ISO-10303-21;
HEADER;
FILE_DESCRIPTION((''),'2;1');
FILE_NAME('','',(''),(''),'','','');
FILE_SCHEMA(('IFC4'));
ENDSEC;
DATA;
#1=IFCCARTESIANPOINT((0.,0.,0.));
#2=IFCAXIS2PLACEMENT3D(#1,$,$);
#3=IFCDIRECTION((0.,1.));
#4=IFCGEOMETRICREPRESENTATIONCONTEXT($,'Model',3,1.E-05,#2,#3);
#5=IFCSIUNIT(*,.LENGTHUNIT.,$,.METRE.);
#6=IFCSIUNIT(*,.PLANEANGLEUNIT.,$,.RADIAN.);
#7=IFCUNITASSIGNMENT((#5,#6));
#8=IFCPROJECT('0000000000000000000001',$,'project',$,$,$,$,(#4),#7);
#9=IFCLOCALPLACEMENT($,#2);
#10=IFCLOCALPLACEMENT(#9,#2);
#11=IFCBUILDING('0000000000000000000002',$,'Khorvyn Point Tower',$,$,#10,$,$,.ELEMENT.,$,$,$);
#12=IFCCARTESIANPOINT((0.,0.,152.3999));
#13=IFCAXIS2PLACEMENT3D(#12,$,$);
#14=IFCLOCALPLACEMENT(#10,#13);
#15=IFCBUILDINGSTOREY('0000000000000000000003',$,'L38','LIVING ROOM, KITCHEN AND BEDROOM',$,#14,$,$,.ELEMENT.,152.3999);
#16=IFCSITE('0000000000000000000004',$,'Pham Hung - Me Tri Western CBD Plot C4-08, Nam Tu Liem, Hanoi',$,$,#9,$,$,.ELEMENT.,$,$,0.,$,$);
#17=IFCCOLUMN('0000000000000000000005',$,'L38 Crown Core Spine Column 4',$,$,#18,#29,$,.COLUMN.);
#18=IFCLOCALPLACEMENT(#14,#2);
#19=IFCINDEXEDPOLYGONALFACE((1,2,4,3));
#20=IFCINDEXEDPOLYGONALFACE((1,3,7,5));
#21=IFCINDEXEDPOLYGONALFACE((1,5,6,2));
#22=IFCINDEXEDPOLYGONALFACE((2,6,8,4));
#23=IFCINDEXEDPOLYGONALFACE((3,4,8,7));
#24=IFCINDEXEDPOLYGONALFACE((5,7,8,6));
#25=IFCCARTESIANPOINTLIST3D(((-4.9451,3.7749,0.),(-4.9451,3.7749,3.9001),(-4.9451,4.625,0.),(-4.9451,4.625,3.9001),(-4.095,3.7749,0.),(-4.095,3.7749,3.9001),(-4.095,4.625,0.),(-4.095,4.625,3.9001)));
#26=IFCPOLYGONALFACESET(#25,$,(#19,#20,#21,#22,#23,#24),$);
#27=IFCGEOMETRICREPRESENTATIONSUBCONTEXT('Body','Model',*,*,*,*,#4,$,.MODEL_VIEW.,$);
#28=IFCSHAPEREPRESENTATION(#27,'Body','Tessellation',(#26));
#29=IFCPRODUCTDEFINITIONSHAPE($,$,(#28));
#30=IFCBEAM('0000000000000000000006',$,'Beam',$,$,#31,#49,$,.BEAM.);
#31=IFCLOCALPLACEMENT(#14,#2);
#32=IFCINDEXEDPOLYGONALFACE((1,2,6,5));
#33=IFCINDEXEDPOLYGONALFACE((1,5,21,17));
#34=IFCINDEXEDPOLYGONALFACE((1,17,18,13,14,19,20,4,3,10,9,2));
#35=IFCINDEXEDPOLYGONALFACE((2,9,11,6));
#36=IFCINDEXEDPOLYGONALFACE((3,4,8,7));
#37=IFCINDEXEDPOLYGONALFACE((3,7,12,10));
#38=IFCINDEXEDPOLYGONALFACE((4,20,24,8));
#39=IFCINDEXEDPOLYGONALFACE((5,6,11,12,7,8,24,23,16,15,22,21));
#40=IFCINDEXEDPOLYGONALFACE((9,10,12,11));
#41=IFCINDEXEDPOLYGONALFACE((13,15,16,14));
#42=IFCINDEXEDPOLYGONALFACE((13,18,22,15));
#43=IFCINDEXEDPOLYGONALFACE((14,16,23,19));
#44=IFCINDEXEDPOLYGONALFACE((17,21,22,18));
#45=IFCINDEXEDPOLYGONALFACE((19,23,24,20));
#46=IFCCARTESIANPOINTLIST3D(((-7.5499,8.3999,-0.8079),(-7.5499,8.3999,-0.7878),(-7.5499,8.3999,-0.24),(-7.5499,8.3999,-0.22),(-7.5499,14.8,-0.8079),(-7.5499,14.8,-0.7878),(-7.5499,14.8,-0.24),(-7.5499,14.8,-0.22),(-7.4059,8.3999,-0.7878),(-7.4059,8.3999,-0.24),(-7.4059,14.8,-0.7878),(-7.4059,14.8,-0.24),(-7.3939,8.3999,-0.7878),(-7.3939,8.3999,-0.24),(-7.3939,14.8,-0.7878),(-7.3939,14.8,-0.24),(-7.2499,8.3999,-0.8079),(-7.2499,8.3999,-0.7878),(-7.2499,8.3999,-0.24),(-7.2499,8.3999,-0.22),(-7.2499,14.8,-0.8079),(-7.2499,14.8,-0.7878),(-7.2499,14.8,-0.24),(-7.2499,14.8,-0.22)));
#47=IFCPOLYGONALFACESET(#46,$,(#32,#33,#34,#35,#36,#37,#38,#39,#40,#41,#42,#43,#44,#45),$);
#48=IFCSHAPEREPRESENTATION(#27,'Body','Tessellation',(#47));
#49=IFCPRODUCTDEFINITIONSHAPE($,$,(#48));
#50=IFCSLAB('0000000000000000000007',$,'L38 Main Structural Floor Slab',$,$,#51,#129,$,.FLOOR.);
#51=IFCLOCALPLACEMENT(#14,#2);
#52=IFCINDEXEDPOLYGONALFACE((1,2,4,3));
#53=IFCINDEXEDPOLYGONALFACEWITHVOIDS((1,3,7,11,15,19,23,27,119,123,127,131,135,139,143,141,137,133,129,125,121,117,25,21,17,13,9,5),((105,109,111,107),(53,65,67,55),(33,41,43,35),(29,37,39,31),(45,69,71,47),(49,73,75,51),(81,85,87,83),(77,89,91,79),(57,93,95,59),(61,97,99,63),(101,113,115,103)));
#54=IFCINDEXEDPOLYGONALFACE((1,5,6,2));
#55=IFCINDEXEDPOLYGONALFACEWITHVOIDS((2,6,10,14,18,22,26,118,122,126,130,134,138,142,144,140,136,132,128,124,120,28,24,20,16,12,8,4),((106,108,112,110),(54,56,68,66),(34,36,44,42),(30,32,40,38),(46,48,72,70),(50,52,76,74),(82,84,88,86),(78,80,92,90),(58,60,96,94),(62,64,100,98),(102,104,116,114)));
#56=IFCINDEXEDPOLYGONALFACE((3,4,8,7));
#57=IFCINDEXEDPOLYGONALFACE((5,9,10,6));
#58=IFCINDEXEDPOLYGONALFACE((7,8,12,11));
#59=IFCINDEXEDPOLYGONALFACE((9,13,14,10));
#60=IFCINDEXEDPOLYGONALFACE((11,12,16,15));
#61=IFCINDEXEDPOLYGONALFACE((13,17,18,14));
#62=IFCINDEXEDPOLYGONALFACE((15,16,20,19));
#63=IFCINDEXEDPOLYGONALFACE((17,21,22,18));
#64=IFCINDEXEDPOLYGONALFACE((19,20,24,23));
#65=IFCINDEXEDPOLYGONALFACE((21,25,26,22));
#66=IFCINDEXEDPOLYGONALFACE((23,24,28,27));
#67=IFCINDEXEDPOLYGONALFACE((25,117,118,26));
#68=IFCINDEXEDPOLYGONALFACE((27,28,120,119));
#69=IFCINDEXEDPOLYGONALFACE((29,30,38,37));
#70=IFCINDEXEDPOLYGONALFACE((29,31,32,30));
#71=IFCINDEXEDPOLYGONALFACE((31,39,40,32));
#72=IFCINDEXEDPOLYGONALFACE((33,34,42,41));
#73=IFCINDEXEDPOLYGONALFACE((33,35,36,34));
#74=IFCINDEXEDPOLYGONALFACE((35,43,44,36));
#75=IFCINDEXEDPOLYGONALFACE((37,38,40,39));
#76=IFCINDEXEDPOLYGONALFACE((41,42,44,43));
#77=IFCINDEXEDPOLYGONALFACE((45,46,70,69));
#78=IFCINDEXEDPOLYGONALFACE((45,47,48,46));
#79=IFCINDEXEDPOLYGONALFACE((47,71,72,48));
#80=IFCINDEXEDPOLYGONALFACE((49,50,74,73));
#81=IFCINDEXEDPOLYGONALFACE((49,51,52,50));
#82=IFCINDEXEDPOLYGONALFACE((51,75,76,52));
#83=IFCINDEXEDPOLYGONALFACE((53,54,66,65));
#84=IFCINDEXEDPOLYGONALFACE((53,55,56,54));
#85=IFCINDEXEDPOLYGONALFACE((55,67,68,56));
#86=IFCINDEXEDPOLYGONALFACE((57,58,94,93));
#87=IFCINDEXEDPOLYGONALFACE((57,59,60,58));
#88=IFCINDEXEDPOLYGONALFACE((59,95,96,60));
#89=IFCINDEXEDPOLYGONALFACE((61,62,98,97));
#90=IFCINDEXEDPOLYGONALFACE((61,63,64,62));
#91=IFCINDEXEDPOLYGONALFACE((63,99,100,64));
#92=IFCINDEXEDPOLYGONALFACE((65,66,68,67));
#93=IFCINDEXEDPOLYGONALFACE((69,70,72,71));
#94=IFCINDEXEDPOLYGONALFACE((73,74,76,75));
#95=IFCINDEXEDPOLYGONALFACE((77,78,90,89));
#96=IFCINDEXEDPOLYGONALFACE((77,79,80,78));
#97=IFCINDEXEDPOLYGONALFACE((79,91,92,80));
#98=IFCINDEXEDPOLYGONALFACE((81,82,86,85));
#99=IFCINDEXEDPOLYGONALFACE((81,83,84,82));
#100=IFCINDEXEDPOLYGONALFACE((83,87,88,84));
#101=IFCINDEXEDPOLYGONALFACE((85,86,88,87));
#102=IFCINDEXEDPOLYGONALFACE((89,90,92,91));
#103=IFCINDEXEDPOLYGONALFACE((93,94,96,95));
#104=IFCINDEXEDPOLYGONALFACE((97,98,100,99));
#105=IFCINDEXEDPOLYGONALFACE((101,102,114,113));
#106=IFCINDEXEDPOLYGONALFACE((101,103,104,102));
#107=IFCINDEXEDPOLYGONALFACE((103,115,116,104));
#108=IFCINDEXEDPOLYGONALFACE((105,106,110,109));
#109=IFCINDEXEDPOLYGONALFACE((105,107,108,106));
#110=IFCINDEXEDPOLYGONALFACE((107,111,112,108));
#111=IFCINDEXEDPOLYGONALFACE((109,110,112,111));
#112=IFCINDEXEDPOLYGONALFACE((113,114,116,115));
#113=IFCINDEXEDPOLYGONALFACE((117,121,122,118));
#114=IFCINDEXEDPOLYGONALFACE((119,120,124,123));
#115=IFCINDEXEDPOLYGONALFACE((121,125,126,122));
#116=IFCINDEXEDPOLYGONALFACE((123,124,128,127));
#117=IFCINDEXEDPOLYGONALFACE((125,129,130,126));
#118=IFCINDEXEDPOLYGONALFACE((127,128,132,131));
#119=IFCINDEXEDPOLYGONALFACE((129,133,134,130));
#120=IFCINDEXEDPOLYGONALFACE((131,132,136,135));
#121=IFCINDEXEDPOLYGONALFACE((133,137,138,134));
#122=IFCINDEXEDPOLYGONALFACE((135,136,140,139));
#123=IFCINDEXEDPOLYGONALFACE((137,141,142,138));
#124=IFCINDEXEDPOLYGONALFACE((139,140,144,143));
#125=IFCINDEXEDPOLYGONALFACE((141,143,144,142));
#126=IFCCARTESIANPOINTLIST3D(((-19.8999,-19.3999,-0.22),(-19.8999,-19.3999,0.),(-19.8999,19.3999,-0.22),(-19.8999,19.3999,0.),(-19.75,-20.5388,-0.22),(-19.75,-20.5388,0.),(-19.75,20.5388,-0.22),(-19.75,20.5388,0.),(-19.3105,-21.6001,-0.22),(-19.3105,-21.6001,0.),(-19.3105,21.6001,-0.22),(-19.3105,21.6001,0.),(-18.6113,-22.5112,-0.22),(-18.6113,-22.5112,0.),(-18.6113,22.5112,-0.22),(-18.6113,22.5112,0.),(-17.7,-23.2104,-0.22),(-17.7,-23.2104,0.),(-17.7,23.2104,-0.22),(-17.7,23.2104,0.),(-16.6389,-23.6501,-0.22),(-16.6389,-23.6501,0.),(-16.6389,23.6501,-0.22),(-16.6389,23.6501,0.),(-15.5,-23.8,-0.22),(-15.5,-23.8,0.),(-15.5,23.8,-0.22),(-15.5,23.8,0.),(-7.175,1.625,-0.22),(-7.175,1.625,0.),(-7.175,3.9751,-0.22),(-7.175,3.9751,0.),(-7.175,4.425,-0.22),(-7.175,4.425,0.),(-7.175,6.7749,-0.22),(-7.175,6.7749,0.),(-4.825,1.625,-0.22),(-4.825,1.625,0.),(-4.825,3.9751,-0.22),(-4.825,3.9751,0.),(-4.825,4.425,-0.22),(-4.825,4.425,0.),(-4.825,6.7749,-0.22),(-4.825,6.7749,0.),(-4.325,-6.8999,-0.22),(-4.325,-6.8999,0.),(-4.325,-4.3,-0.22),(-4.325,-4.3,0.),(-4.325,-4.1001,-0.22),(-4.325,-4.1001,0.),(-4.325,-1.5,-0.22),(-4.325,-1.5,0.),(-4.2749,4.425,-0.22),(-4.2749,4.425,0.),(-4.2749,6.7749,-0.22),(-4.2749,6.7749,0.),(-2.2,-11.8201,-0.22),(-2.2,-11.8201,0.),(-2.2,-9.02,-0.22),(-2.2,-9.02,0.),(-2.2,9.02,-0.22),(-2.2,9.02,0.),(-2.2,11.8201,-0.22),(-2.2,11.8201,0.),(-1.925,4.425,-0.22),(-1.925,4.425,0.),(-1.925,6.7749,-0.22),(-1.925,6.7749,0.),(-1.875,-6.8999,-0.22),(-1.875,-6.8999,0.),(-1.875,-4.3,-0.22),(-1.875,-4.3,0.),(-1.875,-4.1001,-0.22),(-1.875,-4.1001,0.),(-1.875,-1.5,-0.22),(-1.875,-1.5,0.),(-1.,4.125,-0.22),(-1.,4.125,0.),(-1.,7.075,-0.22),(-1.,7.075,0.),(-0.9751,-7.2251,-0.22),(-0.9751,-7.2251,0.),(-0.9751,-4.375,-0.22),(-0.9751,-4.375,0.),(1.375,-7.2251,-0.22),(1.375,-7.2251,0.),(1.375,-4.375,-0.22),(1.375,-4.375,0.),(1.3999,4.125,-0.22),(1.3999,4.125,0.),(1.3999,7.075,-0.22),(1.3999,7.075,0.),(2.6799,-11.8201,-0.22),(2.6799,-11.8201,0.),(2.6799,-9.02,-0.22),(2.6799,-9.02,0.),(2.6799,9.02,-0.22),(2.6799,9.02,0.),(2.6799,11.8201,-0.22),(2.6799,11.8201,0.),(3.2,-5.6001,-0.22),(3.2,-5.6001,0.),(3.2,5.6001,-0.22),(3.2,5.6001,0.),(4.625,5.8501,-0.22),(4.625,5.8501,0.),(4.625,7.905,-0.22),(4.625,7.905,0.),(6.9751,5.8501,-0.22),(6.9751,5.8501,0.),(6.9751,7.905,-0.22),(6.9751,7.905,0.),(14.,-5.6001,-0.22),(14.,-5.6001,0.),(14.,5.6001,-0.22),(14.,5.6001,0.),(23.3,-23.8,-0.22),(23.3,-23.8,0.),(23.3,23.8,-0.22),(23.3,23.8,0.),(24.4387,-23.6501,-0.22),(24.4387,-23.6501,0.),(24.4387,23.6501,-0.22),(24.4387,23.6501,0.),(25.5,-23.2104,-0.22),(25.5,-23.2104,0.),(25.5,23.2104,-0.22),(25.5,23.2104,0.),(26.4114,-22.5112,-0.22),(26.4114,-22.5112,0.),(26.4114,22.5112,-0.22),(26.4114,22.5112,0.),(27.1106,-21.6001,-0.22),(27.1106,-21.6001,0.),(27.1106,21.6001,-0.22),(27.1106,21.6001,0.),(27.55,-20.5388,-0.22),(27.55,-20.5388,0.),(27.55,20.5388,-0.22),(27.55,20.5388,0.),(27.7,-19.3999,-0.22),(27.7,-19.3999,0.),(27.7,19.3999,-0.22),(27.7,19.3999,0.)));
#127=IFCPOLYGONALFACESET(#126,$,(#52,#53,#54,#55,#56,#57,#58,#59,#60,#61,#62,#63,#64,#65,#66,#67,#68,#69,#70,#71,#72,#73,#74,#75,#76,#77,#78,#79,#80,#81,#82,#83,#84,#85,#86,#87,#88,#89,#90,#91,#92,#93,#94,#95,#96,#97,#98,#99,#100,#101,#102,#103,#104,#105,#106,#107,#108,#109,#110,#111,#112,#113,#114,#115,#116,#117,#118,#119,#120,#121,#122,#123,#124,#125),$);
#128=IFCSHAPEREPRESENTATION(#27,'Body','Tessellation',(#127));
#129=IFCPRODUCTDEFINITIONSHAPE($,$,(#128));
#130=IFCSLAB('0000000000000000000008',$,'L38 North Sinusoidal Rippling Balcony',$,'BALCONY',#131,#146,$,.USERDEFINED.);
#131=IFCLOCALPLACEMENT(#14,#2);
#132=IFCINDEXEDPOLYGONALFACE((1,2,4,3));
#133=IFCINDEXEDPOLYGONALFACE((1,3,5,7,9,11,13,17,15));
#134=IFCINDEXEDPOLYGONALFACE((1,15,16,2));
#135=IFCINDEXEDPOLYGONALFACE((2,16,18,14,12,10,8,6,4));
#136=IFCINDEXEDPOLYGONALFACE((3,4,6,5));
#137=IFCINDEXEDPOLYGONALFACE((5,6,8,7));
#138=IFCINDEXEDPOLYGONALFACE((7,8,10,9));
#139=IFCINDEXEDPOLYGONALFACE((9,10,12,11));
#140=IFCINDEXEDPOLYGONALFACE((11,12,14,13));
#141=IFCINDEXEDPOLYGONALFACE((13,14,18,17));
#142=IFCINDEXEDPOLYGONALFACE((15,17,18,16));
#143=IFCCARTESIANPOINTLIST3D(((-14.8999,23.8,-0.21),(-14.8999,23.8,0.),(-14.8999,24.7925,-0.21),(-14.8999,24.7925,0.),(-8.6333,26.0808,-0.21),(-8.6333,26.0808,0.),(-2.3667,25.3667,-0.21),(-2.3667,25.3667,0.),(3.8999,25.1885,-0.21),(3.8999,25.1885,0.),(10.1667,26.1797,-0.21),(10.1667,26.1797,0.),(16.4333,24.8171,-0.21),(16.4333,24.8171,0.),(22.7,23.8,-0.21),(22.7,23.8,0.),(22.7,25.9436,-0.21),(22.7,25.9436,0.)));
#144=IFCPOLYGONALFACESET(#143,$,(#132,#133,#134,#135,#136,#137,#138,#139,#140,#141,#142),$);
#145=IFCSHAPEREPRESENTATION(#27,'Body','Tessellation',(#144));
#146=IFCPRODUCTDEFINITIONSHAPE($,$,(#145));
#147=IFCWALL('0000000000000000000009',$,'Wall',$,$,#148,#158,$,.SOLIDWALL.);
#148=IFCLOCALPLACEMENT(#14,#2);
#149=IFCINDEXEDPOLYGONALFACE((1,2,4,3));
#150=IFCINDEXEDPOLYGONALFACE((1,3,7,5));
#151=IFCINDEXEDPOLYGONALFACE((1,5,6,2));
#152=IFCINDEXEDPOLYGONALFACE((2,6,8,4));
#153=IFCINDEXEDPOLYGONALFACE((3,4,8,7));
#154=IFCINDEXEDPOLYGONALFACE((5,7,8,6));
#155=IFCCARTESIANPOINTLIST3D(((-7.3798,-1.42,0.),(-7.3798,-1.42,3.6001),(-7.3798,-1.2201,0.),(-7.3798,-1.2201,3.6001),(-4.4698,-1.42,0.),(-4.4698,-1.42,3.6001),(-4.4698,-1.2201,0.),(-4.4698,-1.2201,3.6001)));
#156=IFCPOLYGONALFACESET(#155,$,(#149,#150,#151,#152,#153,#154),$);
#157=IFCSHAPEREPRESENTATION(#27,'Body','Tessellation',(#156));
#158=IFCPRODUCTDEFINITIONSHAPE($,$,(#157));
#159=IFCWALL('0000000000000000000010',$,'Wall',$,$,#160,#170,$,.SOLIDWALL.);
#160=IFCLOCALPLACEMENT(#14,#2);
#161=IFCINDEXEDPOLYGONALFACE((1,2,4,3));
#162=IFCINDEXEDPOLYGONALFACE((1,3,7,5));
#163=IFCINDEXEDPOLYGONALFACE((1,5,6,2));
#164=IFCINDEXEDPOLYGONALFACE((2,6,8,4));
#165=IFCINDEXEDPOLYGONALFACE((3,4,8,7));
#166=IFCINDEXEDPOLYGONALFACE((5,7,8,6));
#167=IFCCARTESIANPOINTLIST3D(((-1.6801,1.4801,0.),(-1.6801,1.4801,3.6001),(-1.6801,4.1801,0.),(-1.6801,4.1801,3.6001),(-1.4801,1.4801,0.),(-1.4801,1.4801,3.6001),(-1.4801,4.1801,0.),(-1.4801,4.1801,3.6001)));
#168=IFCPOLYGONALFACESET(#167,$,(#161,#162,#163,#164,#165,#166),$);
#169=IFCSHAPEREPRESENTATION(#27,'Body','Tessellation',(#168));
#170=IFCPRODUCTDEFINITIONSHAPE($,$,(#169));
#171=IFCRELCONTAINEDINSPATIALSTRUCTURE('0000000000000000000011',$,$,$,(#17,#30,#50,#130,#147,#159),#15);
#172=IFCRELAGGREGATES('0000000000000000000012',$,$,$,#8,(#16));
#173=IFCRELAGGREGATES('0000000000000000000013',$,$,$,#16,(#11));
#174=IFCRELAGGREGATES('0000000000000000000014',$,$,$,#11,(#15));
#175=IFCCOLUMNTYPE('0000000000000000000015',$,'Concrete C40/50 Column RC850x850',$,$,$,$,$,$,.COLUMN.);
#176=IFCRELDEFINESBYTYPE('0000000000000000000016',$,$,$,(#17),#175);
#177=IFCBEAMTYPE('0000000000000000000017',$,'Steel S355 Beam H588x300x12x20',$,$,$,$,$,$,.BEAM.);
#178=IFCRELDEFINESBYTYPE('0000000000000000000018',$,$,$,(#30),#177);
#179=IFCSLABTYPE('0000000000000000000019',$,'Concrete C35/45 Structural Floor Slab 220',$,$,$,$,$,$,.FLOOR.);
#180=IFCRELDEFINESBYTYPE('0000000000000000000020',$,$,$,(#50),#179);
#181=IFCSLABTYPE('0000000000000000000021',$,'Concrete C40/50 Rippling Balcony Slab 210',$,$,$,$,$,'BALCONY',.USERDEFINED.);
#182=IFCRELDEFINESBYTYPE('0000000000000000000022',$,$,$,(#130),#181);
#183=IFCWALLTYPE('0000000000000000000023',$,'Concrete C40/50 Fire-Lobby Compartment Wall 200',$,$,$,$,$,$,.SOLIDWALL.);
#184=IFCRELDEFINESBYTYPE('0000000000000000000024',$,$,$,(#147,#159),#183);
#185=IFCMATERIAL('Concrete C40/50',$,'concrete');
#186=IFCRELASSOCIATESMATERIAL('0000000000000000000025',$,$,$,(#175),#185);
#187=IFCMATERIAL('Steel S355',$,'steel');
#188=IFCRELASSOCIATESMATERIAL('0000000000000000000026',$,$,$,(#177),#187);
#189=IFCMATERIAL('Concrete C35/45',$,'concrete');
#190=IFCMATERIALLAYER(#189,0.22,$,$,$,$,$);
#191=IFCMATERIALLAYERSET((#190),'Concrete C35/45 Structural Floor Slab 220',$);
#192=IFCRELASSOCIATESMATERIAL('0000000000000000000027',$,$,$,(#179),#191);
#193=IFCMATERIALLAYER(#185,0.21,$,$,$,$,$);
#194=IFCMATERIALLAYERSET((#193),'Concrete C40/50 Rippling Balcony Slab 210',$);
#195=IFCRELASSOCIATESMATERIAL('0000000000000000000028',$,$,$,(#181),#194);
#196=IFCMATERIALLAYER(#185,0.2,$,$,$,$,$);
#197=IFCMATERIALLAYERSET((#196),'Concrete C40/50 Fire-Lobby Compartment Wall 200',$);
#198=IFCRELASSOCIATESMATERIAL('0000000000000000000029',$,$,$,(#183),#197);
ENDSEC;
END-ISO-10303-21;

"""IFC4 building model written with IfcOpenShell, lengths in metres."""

from ifc_helpers import new_model, si_unit, direction, frame, frame_2d, origin, origin_2d, place, context, subcontext, project, spatial, polyline, rectangle, i_section, outline, extrude, material, layer, layer_set, material_profile, profile_set, type_object, element, save


model = new_model("IFC4")

# Units and contexts
model_context = context("Model", 3, precision=1e-05, world=origin(), true_north=direction((0.0, 1.0)))
body_context = subcontext(model_context, "Body", "Model", "MODEL_VIEW")
ifc_project = project(units=[si_unit("LENGTHUNIT", "METRE"), si_unit("PLANEANGLEUNIT", "RADIAN")], contexts=[model_context])

# Site, building, storey
site_placement = place(None, origin())
site = spatial("IfcSite", under=ifc_project, at=site_placement, Name="Pham Hung - Me Tri Western CBD Plot C4-08, Nam Tu Liem, Hanoi", CompositionType="ELEMENT", RefElevation=0.0)
building_placement = place(site_placement, origin())
building = spatial("IfcBuilding", under=site, at=building_placement, Name="Khorvyn Point Tower", CompositionType="ELEMENT")
storey_placement = place(building_placement, frame((0.0, 0.0, 152.3999)))
storey = spatial("IfcBuildingStorey", under=building, at=storey_placement, Name="L38", Description="LIVING ROOM, KITCHEN AND BEDROOM", CompositionType="ELEMENT", Elevation=152.3999)

# Column
ifc_material_1 = material(Name="Concrete C40/50", Category="concrete")
ifc_material_profile_1 = material_profile(ifc_material_1, rectangle(XDim=0.8501, YDim=0.8501, at=origin_2d()))
ifc_profile_set_1 = profile_set([ifc_material_profile_1], Name="Concrete C40/50 RC850x850")
column_type = type_object("IfcColumnType", Name="Concrete C40/50 Column RC850x850", PredefinedType="COLUMN", material=ifc_profile_set_1)
column_placement = place(storey_placement, frame((-4.52, 4.2, 0.0), z_axis=(0.0, 0.0, 1.0), x_axis=(1.0, 0.0, 0.0)))
element("IfcColumn", 1, at=column_placement, inside=storey, type_object=column_type, Name="L38 Crown Core Spine Column 4", PredefinedType="COLUMN", context=body_context, shape_type="SweptSolid", body=[
    extrude(rectangle(XDim=0.8501, YDim=0.8501, at=origin_2d()), origin(), (0.0, 0.0, 1.0), 3.9001),
])

# Beam
ifc_material_2 = material(Name="Steel S355", Category="steel")
ifc_material_profile_2 = material_profile(ifc_material_2, i_section(OverallWidth=0.3, OverallDepth=0.5879, WebThickness=0.012, FlangeThickness=0.02, at=origin_2d()))
ifc_profile_set_2 = profile_set([ifc_material_profile_2], Name="Steel S355 H588x300x12x20")
beam_type = type_object("IfcBeamType", Name="Steel S355 Beam H588x300x12x20", PredefinedType="BEAM", material=ifc_profile_set_2)
beam_placement = place(storey_placement, frame((-7.3999, 8.3999, -0.5139), z_axis=(0.0, 1.0, 0.0), x_axis=(-1.0, 0.0, 0.0)))
element("IfcBeam", 2, at=beam_placement, inside=storey, type_object=beam_type, Name="Beam", PredefinedType="BEAM", context=body_context, shape_type="SweptSolid", body=[
    extrude(i_section(OverallWidth=0.3, OverallDepth=0.5879, WebThickness=0.012, FlangeThickness=0.02, at=origin_2d()), origin(), (0.0, 0.0, 1.0), 6.4001),
])

# Slabs
ifc_material_3 = material(Name="Concrete C35/45", Category="concrete")
ifc_layer_1 = layer(ifc_material_3, 0.22)
ifc_layer_set_1 = layer_set([ifc_layer_1], Name="Concrete C35/45 Structural Floor Slab 220")
slab_type_1 = type_object("IfcSlabType", Name="Concrete C35/45 Structural Floor Slab 220", PredefinedType="FLOOR", material=ifc_layer_set_1)
slab_1_placement = place(storey_placement, frame((0.0, 0.0, -0.22)))
element("IfcSlab", 3, at=slab_1_placement, inside=storey, type_object=slab_type_1, Name="L38 Main Structural Floor Slab", PredefinedType="FLOOR", context=body_context, shape_type="SweptSolid", body=[
    extrude(outline(polyline([(-15.5, -23.8), (-16.6389, -23.6501), (-17.7, -23.2104), (-18.6113, -22.5112), (-19.3105, -21.6001), (-19.75, -20.5388), (-19.8999, -19.3999), (-19.8999, 19.3999), (-19.75, 20.5388), (-19.3105, 21.6001), (-18.6113, 22.5112), (-17.7, 23.2104), (-16.6389, 23.6501), (-15.5, 23.8), (23.3, 23.8), (24.4387, 23.6501), (25.5, 23.2104), (26.4114, 22.5112), (27.1106, 21.6001), (27.55, 20.5388), (27.7, 19.3999), (27.7, -19.3999), (27.55, -20.5388), (27.1106, -21.6001), (26.4114, -22.5112), (25.5, -23.2104), (24.4387, -23.6501), (23.3, -23.8), (-15.5, -23.8)]), holes=[polyline([(-1.875, -6.8999), (-1.875, -4.3), (-4.325, -4.3), (-4.325, -6.8999), (-1.875, -6.8999)]), polyline([(-1.875, -4.1001), (-1.875, -1.5), (-4.325, -1.5), (-4.325, -4.1001), (-1.875, -4.1001)]), polyline([(-4.825, 1.625), (-4.825, 3.9751), (-7.175, 3.9751), (-7.175, 1.625), (-4.825, 1.625)]), polyline([(-7.175, 4.425), (-4.825, 4.425), (-4.825, 6.7749), (-7.175, 6.7749), (-7.175, 4.425)]), polyline([(-4.2749, 4.425), (-1.925, 4.425), (-1.925, 6.7749), (-4.2749, 6.7749), (-4.2749, 4.425)]), polyline([(1.3999, 4.125), (1.3999, 7.075), (-1.0, 7.075), (-1.0, 4.125), (1.3999, 4.125)]), polyline([(-2.2, -11.8201), (2.6799, -11.8201), (2.6799, -9.02), (-2.2, -9.02), (-2.2, -11.8201)]), polyline([(-0.9751, -7.2251), (1.375, -7.2251), (1.375, -4.375), (-0.9751, -4.375), (-0.9751, -7.2251)]), polyline([(14.0, -5.6001), (14.0, 5.6001), (3.2, 5.6001), (3.2, -5.6001), (14.0, -5.6001)]), polyline([(4.625, 5.8501), (6.9751, 5.8501), (6.9751, 7.905), (4.625, 7.905), (4.625, 5.8501)]), polyline([(-2.2, 9.02), (2.6799, 9.02), (2.6799, 11.8201), (-2.2, 11.8201), (-2.2, 9.02)])]), origin(), (0.0, 0.0, 1.0), 0.22),
])
ifc_layer_2 = layer(ifc_material_1, 0.21)
ifc_layer_set_2 = layer_set([ifc_layer_2], Name="Concrete C40/50 Rippling Balcony Slab 210")
slab_type_2 = type_object("IfcSlabType", Name="Concrete C40/50 Rippling Balcony Slab 210", ElementType="BALCONY", PredefinedType="USERDEFINED", material=ifc_layer_set_2)
slab_2_placement = place(storey_placement, frame((0.0, 0.0, -0.21)))
element("IfcSlab", 4, at=slab_2_placement, inside=storey, type_object=slab_type_2, Name="L38 North Sinusoidal Rippling Balcony", ObjectType="BALCONY", PredefinedType="USERDEFINED", context=body_context, shape_type="SweptSolid", body=[
    extrude(outline(polyline([(22.7, 23.8), (22.7, 25.9436), (16.4333, 24.8171), (10.1667, 26.1797), (3.8999, 25.1885), (-2.3667, 25.3667), (-8.6333, 26.0808), (-14.8999, 24.7925), (-14.8999, 23.8), (22.7, 23.8)])), origin(), (0.0, 0.0, 1.0), 0.21),
])

# Walls
ifc_layer_3 = layer(ifc_material_1, 0.2)
ifc_layer_set_3 = layer_set([ifc_layer_3], Name="Concrete C40/50 Fire-Lobby Compartment Wall 200")
wall_type_1 = type_object("IfcWallType", Name="Concrete C40/50 Fire-Lobby Compartment Wall 200", PredefinedType="SOLIDWALL", material=ifc_layer_set_3)
wall_1_placement = place(storey_placement, frame((-7.3799, -1.3201, 0.0), z_axis=(0.0, 0.0, 1.0), x_axis=(1.0, 0.0, 0.0)))
element("IfcWall", 5, at=wall_1_placement, inside=storey, type_object=wall_type_1, Name="Wall", PredefinedType="SOLIDWALL", context=body_context, shape_type="SweptSolid", body=[
    extrude(rectangle(XDim=2.9099, YDim=0.2, at=frame_2d((1.4551, 0.0))), origin(), (0.0, 0.0, 1.0), 3.6001),
])
wall_2_placement = place(storey_placement, frame((-1.5801, 1.48, 0.0), z_axis=(0.0, 0.0, 1.0), x_axis=(0.0, 1.0, 0.0)))
element("IfcWall", 6, at=wall_2_placement, inside=storey, type_object=wall_type_1, Name="Wall", PredefinedType="SOLIDWALL", context=body_context, shape_type="SweptSolid", body=[
    extrude(rectangle(XDim=2.7, YDim=0.2, at=frame_2d((1.3501, 0.0))), origin(), (0.0, 0.0, 1.0), 3.6001),
])

save(model, "model.ifc")
